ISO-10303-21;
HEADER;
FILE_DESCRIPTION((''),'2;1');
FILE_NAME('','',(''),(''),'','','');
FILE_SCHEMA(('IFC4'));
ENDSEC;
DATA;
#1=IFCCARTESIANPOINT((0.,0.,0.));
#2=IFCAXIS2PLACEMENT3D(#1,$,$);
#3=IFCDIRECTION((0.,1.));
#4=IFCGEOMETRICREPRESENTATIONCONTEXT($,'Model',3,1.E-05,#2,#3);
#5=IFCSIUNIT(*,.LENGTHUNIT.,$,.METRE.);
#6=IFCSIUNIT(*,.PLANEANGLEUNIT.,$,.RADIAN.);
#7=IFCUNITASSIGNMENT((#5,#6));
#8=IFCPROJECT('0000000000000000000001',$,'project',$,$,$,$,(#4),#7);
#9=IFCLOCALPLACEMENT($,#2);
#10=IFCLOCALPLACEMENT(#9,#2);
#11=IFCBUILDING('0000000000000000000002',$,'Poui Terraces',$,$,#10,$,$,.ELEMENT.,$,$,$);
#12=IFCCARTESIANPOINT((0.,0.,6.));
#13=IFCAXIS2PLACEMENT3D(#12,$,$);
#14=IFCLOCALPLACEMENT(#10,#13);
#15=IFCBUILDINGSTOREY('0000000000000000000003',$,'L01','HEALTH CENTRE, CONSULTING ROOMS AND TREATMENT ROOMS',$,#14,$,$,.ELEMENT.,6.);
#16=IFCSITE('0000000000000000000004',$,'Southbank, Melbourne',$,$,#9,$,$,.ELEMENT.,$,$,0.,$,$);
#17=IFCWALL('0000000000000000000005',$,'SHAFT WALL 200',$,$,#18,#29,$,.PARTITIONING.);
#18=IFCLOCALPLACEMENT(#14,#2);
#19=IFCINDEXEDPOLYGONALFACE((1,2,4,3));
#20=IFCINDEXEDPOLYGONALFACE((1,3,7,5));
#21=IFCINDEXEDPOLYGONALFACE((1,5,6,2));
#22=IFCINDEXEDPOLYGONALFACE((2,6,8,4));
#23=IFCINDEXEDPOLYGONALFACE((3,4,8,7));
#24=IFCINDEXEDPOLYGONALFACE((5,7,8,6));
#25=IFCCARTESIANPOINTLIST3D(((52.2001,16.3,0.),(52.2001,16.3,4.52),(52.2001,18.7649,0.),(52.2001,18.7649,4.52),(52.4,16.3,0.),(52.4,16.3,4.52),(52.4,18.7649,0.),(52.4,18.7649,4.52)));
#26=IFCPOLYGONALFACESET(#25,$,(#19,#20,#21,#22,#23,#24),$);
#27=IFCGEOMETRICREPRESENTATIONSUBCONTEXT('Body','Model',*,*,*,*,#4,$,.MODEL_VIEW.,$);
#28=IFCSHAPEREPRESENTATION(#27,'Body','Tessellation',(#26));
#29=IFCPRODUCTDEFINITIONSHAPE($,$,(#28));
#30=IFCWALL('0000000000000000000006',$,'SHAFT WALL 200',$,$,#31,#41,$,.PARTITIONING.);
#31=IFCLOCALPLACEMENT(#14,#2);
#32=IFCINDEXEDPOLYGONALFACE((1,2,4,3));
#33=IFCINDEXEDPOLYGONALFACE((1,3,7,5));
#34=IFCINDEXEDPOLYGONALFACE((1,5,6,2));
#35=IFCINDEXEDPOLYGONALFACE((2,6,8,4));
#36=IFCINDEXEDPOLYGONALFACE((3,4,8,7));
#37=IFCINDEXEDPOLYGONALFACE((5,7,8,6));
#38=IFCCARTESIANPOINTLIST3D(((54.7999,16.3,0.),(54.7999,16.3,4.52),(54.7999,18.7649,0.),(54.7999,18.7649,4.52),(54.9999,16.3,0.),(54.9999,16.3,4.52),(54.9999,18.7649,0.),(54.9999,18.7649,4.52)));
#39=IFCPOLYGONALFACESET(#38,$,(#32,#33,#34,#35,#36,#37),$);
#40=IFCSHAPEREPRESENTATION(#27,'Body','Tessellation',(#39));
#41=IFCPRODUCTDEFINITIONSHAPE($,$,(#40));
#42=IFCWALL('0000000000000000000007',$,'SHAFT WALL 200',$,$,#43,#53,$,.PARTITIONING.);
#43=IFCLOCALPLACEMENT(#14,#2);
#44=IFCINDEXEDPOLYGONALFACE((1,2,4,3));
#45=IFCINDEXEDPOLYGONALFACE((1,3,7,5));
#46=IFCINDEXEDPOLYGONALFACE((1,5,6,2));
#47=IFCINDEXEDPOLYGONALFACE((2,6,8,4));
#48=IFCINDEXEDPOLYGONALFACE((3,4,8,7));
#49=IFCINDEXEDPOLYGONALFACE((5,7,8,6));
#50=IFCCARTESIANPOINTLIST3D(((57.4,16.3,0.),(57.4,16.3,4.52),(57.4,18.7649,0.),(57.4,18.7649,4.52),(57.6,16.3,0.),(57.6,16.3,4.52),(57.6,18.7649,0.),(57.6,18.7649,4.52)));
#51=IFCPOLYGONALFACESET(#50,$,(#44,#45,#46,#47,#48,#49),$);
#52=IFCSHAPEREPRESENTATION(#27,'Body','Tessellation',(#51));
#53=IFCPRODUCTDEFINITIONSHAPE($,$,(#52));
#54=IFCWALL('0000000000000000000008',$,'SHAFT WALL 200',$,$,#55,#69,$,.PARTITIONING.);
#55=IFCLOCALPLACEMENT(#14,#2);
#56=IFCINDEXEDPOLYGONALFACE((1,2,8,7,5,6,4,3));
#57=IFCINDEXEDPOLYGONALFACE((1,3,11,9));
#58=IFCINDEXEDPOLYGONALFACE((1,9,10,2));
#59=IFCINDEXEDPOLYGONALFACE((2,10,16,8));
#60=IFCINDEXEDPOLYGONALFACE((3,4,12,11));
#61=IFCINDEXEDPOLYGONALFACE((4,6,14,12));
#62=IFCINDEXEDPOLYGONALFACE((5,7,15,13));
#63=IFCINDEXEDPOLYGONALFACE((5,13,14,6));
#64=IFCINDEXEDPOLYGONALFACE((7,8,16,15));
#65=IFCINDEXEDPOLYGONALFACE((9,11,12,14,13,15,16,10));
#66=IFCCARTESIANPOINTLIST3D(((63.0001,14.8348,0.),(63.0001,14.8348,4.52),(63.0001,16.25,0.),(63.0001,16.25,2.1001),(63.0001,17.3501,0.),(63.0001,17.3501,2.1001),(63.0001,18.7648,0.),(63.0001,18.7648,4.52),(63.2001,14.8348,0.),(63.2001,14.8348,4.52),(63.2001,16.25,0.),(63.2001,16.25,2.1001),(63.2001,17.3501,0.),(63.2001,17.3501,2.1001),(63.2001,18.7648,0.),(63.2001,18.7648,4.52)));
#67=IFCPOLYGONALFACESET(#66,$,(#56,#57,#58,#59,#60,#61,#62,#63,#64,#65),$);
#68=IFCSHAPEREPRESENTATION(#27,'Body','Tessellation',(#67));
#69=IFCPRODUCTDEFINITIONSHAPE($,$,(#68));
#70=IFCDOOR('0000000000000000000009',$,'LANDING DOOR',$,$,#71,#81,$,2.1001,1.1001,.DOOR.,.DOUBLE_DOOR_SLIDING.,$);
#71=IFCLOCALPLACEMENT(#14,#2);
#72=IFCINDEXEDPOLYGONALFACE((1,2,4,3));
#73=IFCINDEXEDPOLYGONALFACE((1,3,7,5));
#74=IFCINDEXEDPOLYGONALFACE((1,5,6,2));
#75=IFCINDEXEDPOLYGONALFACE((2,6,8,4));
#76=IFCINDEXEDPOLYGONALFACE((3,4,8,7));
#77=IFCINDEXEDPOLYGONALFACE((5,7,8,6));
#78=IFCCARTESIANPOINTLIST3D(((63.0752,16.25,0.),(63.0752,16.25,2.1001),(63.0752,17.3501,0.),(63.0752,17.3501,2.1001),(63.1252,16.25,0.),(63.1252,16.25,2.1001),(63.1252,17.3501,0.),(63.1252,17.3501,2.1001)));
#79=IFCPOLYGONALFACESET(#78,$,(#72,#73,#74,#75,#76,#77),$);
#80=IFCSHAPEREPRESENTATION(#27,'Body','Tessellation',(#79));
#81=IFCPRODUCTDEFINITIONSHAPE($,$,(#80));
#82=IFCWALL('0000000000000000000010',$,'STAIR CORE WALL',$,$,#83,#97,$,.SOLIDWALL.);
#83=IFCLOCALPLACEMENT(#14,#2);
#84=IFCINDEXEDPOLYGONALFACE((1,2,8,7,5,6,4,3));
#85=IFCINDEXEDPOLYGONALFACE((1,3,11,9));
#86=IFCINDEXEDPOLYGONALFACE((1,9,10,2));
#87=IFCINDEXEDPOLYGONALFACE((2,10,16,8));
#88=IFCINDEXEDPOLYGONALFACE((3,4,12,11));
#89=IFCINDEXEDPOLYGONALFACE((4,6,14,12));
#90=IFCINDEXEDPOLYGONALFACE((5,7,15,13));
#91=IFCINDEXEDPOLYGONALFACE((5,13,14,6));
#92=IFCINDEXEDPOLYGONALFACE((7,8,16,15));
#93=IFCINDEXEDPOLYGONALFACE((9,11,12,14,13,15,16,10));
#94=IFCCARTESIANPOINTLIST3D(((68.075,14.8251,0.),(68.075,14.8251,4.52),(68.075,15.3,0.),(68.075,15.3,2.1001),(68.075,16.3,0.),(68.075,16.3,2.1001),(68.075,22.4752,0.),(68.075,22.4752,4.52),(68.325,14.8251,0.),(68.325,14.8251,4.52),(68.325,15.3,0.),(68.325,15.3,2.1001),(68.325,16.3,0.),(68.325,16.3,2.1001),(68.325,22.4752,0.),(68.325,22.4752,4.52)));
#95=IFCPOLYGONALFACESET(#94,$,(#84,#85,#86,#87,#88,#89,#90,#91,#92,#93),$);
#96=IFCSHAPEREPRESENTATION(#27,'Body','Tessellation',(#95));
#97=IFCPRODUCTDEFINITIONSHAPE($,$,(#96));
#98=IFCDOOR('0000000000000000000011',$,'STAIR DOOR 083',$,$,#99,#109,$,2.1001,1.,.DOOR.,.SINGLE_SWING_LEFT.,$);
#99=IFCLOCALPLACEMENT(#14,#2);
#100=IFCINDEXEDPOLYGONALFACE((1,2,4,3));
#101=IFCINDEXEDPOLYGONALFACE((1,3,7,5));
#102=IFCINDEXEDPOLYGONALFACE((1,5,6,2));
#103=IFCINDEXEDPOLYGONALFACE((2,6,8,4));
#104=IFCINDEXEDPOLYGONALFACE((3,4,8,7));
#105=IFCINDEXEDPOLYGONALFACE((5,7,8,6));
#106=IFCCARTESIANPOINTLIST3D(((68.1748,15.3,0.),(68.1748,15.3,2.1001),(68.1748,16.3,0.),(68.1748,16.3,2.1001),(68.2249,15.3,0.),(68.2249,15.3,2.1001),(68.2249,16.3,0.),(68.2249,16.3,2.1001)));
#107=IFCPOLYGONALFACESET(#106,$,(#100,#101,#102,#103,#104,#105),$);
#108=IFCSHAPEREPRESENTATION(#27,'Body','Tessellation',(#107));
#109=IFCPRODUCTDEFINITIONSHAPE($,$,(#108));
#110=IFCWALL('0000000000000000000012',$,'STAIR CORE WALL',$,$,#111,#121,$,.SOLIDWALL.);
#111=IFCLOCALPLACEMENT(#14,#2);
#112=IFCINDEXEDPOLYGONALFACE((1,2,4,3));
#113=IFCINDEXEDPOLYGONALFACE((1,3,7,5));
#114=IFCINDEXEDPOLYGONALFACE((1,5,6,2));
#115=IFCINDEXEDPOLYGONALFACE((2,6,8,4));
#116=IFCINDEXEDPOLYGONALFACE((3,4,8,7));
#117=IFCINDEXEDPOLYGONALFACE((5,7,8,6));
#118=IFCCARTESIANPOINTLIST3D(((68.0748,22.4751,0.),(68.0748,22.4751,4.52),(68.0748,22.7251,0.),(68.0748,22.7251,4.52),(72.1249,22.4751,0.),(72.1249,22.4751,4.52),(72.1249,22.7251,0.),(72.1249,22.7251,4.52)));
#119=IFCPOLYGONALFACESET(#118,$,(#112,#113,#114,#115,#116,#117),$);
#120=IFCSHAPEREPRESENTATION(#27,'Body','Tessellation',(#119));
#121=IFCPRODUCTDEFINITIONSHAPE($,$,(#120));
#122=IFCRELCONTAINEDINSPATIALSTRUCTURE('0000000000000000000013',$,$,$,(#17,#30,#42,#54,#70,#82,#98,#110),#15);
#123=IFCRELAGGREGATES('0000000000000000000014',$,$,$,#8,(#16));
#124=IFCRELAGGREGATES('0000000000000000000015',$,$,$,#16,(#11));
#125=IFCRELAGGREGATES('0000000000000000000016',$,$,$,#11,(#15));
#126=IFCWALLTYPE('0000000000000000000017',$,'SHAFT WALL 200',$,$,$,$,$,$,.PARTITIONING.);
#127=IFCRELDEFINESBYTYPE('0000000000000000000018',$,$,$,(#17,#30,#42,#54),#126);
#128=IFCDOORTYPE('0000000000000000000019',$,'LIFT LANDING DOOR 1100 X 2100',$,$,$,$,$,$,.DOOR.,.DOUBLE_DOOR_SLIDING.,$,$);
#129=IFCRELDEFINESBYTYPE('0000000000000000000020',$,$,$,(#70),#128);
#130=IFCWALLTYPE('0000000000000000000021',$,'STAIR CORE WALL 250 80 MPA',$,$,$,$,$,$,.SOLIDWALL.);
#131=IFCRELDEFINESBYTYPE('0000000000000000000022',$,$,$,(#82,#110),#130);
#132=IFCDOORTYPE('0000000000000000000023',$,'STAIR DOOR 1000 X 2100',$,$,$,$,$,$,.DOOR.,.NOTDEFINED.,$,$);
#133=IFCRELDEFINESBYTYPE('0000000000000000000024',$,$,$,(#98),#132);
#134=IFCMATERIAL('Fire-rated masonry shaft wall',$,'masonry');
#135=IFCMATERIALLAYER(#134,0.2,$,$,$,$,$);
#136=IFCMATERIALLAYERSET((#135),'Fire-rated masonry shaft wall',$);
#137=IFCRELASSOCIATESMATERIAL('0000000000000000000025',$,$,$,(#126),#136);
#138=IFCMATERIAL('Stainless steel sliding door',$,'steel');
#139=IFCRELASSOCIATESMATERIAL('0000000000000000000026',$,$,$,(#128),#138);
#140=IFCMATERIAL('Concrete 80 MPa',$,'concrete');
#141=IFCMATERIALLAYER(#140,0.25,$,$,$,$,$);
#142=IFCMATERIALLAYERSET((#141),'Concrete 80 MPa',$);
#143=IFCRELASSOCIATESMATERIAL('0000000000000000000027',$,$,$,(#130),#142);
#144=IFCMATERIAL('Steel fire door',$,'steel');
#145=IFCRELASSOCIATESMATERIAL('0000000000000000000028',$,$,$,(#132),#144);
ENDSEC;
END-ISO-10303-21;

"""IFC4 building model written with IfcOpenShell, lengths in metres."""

from ifc_helpers import new_model, si_unit, direction, frame, frame_2d, origin, place, context, subcontext, project, spatial, rectangle, extrude, material, layer, layer_set, type_object, element, fill, save


model = new_model("IFC4")

# Units and contexts
model_context = context("Model", 3, precision=1e-05, world=origin(), true_north=direction((0.0, 1.0)))
body_context = subcontext(model_context, "Body", "Model", "MODEL_VIEW")
ifc_project = project(units=[si_unit("LENGTHUNIT", "METRE"), si_unit("PLANEANGLEUNIT", "RADIAN")], contexts=[model_context])

# Site, building, storey
site_placement = place(None, origin())
site = spatial("IfcSite", under=ifc_project, at=site_placement, Name="Southbank, Melbourne", CompositionType="ELEMENT", RefElevation=0.0)
building_placement = place(site_placement, origin())
building = spatial("IfcBuilding", under=site, at=building_placement, Name="Poui Terraces", CompositionType="ELEMENT")
storey_placement = place(building_placement, frame((0.0, 0.0, 6.0)))
storey = spatial("IfcBuildingStorey", under=building, at=storey_placement, Name="L01", Description="HEALTH CENTRE, CONSULTING ROOMS AND TREATMENT ROOMS", CompositionType="ELEMENT", Elevation=6.0)

# Shared definitions
ifc_material_1 = material(Name="Concrete 80 MPa", Category="concrete")

# Shared definitions
ifc_material_2 = material(Name="Steel fire door", Category="steel")

# Walls
ifc_material_3 = material(Name="Fire-rated masonry shaft wall", Category="masonry")
ifc_layer_1 = layer(ifc_material_3, 0.2)
ifc_layer_set_1 = layer_set([ifc_layer_1], Name="Fire-rated masonry shaft wall")
wall_type_1 = type_object("IfcWallType", Name="SHAFT WALL 200", PredefinedType="PARTITIONING", material=ifc_layer_set_1)
for number, where, z_axis, x_axis, name in (
    (1, (52.3, 16.3, 0.0), (0.0, 0.0, 1.0), (0.0, 1.0, 0.0), "SHAFT WALL 200"),
    (2, (54.8999, 16.3, 0.0), (0.0, 0.0, 1.0), (0.0, 1.0, 0.0), "SHAFT WALL 200"),
    (3, (57.5, 16.3, 0.0), (0.0, 0.0, 1.0), (0.0, 1.0, 0.0), "SHAFT WALL 200"),
):
    element("IfcWall", number, at=place(storey_placement, frame(where, z_axis=z_axis, x_axis=x_axis)), inside=storey, type_object=wall_type_1, Name=name, PredefinedType="PARTITIONING", context=body_context, shape_type="SweptSolid", body=[
        extrude(rectangle(XDim=2.4648, YDim=0.2, at=frame_2d((1.2324, 0.0))), origin(), (0.0, 0.0, 1.0), 4.52),
    ])

# Walls, openings, doors
wall_1_placement = place(storey_placement, frame((63.1001, 14.835, 0.0), z_axis=(0.0, 0.0, 1.0), x_axis=(0.0, 1.0, 0.0)))
wall_1 = element("IfcWall", 4, at=wall_1_placement, inside=storey, type_object=wall_type_1, Name="SHAFT WALL 200", PredefinedType="PARTITIONING", context=body_context, shape_type="SweptSolid", body=[
    extrude(rectangle(XDim=3.9299, YDim=0.2, at=frame_2d((1.9648, 0.0))), origin(), (0.0, 0.0, 1.0), 4.52),
])
opening_1_placement = place(wall_1_placement, frame((1.415, 0.0, 0.0)))
opening_1 = element("IfcOpeningElement", 5, at=opening_1_placement, cuts=wall_1, PredefinedType="OPENING", context=body_context, shape_type="SweptSolid", body=[
    extrude(rectangle(XDim=1.1001, YDim=2.1001, at=frame_2d((0.55, 1.05))), frame((0.0, 0.1099, 0.0), z_axis=(0.0, -1.0, 0.0), x_axis=(1.0, 0.0, 0.0)), (0.0, 0.0, 1.0), 0.22),
])
ifc_material_4 = material(Name="Stainless steel sliding door", Category="steel")
door_type_1 = type_object("IfcDoorType", Name="LIFT LANDING DOOR 1100 X 2100", OperationType="DOUBLE_DOOR_SLIDING", PredefinedType="DOOR", material=ifc_material_4)
door_1_placement = place(opening_1_placement, origin())
door_1 = element("IfcDoor", 6, at=door_1_placement, inside=storey, type_object=door_type_1, Name="LANDING DOOR", OperationType="DOUBLE_DOOR_SLIDING", OverallHeight=2.1001, OverallWidth=1.1001, PredefinedType="DOOR", context=body_context, shape_type="SweptSolid", body=[
    extrude(rectangle(XDim=1.1001, YDim=2.1001, at=frame_2d((0.55, 1.05))), frame((0.0, 0.0249, 0.0), z_axis=(0.0, -1.0, 0.0), x_axis=(1.0, 0.0, 0.0)), (0.0, 0.0, 1.0), 0.05),
])
fill(opening_1, door_1)
ifc_layer_2 = layer(ifc_material_1, 0.25)
ifc_layer_set_2 = layer_set([ifc_layer_2], Name="Concrete 80 MPa")
wall_type_2 = type_object("IfcWallType", Name="STAIR CORE WALL 250 80 MPA", PredefinedType="SOLIDWALL", material=ifc_layer_set_2)
wall_2_placement = place(storey_placement, frame((68.2, 14.825, 0.0), z_axis=(0.0, 0.0, 1.0), x_axis=(0.0, 1.0, 0.0)))
wall_2 = element("IfcWall", 7, at=wall_2_placement, inside=storey, type_object=wall_type_2, Name="STAIR CORE WALL", PredefinedType="SOLIDWALL", context=body_context, shape_type="SweptSolid", body=[
    extrude(rectangle(XDim=7.6501, YDim=0.25, at=frame_2d((3.8252, 0.0))), origin(), (0.0, 0.0, 1.0), 4.52),
])
opening_2_placement = place(wall_2_placement, frame((0.4751, 0.0, 0.0)))
opening_2 = element("IfcOpeningElement", 8, at=opening_2_placement, cuts=wall_2, PredefinedType="OPENING", context=body_context, shape_type="SweptSolid", body=[
    extrude(rectangle(XDim=1.0, YDim=2.1001, at=frame_2d((0.5, 1.05))), frame((0.0, 0.135, 0.0), z_axis=(0.0, -1.0, 0.0), x_axis=(1.0, 0.0, 0.0)), (0.0, 0.0, 1.0), 0.27),
])
door_type_2 = type_object("IfcDoorType", Name="STAIR DOOR 1000 X 2100", OperationType="NOTDEFINED", PredefinedType="DOOR", material=ifc_material_2)
door_2_placement = place(opening_2_placement, frame((1.0, 0.0, 0.0), z_axis=(0.0, 0.0, 1.0), x_axis=(-1.0, 0.0, 0.0)))
door_2 = element("IfcDoor", 9, at=door_2_placement, inside=storey, type_object=door_type_2, Name="STAIR DOOR 083", OperationType="SINGLE_SWING_LEFT", OverallHeight=2.1001, OverallWidth=1.0, PredefinedType="DOOR", context=body_context, shape_type="SweptSolid", body=[
    extrude(rectangle(XDim=1.0, YDim=2.1001, at=frame_2d((0.5, 1.05))), frame((0.0, 0.0249, 0.0), z_axis=(0.0, -1.0, 0.0), x_axis=(1.0, 0.0, 0.0)), (0.0, 0.0, 1.0), 0.05),
])
fill(opening_2, door_2)

# Wall
wall_3_placement = place(storey_placement, frame((68.075, 22.6001, 0.0), z_axis=(0.0, 0.0, 1.0), x_axis=(1.0, 0.0, 0.0)))
element("IfcWall", 10, at=wall_3_placement, inside=storey, type_object=wall_type_2, Name="STAIR CORE WALL", PredefinedType="SOLIDWALL", context=body_context, shape_type="SweptSolid", body=[
    extrude(rectangle(XDim=4.05, YDim=0.25, at=frame_2d((2.0249, 0.0))), origin(), (0.0, 0.0, 1.0), 4.52),
])

save(model, "model.ifc")
